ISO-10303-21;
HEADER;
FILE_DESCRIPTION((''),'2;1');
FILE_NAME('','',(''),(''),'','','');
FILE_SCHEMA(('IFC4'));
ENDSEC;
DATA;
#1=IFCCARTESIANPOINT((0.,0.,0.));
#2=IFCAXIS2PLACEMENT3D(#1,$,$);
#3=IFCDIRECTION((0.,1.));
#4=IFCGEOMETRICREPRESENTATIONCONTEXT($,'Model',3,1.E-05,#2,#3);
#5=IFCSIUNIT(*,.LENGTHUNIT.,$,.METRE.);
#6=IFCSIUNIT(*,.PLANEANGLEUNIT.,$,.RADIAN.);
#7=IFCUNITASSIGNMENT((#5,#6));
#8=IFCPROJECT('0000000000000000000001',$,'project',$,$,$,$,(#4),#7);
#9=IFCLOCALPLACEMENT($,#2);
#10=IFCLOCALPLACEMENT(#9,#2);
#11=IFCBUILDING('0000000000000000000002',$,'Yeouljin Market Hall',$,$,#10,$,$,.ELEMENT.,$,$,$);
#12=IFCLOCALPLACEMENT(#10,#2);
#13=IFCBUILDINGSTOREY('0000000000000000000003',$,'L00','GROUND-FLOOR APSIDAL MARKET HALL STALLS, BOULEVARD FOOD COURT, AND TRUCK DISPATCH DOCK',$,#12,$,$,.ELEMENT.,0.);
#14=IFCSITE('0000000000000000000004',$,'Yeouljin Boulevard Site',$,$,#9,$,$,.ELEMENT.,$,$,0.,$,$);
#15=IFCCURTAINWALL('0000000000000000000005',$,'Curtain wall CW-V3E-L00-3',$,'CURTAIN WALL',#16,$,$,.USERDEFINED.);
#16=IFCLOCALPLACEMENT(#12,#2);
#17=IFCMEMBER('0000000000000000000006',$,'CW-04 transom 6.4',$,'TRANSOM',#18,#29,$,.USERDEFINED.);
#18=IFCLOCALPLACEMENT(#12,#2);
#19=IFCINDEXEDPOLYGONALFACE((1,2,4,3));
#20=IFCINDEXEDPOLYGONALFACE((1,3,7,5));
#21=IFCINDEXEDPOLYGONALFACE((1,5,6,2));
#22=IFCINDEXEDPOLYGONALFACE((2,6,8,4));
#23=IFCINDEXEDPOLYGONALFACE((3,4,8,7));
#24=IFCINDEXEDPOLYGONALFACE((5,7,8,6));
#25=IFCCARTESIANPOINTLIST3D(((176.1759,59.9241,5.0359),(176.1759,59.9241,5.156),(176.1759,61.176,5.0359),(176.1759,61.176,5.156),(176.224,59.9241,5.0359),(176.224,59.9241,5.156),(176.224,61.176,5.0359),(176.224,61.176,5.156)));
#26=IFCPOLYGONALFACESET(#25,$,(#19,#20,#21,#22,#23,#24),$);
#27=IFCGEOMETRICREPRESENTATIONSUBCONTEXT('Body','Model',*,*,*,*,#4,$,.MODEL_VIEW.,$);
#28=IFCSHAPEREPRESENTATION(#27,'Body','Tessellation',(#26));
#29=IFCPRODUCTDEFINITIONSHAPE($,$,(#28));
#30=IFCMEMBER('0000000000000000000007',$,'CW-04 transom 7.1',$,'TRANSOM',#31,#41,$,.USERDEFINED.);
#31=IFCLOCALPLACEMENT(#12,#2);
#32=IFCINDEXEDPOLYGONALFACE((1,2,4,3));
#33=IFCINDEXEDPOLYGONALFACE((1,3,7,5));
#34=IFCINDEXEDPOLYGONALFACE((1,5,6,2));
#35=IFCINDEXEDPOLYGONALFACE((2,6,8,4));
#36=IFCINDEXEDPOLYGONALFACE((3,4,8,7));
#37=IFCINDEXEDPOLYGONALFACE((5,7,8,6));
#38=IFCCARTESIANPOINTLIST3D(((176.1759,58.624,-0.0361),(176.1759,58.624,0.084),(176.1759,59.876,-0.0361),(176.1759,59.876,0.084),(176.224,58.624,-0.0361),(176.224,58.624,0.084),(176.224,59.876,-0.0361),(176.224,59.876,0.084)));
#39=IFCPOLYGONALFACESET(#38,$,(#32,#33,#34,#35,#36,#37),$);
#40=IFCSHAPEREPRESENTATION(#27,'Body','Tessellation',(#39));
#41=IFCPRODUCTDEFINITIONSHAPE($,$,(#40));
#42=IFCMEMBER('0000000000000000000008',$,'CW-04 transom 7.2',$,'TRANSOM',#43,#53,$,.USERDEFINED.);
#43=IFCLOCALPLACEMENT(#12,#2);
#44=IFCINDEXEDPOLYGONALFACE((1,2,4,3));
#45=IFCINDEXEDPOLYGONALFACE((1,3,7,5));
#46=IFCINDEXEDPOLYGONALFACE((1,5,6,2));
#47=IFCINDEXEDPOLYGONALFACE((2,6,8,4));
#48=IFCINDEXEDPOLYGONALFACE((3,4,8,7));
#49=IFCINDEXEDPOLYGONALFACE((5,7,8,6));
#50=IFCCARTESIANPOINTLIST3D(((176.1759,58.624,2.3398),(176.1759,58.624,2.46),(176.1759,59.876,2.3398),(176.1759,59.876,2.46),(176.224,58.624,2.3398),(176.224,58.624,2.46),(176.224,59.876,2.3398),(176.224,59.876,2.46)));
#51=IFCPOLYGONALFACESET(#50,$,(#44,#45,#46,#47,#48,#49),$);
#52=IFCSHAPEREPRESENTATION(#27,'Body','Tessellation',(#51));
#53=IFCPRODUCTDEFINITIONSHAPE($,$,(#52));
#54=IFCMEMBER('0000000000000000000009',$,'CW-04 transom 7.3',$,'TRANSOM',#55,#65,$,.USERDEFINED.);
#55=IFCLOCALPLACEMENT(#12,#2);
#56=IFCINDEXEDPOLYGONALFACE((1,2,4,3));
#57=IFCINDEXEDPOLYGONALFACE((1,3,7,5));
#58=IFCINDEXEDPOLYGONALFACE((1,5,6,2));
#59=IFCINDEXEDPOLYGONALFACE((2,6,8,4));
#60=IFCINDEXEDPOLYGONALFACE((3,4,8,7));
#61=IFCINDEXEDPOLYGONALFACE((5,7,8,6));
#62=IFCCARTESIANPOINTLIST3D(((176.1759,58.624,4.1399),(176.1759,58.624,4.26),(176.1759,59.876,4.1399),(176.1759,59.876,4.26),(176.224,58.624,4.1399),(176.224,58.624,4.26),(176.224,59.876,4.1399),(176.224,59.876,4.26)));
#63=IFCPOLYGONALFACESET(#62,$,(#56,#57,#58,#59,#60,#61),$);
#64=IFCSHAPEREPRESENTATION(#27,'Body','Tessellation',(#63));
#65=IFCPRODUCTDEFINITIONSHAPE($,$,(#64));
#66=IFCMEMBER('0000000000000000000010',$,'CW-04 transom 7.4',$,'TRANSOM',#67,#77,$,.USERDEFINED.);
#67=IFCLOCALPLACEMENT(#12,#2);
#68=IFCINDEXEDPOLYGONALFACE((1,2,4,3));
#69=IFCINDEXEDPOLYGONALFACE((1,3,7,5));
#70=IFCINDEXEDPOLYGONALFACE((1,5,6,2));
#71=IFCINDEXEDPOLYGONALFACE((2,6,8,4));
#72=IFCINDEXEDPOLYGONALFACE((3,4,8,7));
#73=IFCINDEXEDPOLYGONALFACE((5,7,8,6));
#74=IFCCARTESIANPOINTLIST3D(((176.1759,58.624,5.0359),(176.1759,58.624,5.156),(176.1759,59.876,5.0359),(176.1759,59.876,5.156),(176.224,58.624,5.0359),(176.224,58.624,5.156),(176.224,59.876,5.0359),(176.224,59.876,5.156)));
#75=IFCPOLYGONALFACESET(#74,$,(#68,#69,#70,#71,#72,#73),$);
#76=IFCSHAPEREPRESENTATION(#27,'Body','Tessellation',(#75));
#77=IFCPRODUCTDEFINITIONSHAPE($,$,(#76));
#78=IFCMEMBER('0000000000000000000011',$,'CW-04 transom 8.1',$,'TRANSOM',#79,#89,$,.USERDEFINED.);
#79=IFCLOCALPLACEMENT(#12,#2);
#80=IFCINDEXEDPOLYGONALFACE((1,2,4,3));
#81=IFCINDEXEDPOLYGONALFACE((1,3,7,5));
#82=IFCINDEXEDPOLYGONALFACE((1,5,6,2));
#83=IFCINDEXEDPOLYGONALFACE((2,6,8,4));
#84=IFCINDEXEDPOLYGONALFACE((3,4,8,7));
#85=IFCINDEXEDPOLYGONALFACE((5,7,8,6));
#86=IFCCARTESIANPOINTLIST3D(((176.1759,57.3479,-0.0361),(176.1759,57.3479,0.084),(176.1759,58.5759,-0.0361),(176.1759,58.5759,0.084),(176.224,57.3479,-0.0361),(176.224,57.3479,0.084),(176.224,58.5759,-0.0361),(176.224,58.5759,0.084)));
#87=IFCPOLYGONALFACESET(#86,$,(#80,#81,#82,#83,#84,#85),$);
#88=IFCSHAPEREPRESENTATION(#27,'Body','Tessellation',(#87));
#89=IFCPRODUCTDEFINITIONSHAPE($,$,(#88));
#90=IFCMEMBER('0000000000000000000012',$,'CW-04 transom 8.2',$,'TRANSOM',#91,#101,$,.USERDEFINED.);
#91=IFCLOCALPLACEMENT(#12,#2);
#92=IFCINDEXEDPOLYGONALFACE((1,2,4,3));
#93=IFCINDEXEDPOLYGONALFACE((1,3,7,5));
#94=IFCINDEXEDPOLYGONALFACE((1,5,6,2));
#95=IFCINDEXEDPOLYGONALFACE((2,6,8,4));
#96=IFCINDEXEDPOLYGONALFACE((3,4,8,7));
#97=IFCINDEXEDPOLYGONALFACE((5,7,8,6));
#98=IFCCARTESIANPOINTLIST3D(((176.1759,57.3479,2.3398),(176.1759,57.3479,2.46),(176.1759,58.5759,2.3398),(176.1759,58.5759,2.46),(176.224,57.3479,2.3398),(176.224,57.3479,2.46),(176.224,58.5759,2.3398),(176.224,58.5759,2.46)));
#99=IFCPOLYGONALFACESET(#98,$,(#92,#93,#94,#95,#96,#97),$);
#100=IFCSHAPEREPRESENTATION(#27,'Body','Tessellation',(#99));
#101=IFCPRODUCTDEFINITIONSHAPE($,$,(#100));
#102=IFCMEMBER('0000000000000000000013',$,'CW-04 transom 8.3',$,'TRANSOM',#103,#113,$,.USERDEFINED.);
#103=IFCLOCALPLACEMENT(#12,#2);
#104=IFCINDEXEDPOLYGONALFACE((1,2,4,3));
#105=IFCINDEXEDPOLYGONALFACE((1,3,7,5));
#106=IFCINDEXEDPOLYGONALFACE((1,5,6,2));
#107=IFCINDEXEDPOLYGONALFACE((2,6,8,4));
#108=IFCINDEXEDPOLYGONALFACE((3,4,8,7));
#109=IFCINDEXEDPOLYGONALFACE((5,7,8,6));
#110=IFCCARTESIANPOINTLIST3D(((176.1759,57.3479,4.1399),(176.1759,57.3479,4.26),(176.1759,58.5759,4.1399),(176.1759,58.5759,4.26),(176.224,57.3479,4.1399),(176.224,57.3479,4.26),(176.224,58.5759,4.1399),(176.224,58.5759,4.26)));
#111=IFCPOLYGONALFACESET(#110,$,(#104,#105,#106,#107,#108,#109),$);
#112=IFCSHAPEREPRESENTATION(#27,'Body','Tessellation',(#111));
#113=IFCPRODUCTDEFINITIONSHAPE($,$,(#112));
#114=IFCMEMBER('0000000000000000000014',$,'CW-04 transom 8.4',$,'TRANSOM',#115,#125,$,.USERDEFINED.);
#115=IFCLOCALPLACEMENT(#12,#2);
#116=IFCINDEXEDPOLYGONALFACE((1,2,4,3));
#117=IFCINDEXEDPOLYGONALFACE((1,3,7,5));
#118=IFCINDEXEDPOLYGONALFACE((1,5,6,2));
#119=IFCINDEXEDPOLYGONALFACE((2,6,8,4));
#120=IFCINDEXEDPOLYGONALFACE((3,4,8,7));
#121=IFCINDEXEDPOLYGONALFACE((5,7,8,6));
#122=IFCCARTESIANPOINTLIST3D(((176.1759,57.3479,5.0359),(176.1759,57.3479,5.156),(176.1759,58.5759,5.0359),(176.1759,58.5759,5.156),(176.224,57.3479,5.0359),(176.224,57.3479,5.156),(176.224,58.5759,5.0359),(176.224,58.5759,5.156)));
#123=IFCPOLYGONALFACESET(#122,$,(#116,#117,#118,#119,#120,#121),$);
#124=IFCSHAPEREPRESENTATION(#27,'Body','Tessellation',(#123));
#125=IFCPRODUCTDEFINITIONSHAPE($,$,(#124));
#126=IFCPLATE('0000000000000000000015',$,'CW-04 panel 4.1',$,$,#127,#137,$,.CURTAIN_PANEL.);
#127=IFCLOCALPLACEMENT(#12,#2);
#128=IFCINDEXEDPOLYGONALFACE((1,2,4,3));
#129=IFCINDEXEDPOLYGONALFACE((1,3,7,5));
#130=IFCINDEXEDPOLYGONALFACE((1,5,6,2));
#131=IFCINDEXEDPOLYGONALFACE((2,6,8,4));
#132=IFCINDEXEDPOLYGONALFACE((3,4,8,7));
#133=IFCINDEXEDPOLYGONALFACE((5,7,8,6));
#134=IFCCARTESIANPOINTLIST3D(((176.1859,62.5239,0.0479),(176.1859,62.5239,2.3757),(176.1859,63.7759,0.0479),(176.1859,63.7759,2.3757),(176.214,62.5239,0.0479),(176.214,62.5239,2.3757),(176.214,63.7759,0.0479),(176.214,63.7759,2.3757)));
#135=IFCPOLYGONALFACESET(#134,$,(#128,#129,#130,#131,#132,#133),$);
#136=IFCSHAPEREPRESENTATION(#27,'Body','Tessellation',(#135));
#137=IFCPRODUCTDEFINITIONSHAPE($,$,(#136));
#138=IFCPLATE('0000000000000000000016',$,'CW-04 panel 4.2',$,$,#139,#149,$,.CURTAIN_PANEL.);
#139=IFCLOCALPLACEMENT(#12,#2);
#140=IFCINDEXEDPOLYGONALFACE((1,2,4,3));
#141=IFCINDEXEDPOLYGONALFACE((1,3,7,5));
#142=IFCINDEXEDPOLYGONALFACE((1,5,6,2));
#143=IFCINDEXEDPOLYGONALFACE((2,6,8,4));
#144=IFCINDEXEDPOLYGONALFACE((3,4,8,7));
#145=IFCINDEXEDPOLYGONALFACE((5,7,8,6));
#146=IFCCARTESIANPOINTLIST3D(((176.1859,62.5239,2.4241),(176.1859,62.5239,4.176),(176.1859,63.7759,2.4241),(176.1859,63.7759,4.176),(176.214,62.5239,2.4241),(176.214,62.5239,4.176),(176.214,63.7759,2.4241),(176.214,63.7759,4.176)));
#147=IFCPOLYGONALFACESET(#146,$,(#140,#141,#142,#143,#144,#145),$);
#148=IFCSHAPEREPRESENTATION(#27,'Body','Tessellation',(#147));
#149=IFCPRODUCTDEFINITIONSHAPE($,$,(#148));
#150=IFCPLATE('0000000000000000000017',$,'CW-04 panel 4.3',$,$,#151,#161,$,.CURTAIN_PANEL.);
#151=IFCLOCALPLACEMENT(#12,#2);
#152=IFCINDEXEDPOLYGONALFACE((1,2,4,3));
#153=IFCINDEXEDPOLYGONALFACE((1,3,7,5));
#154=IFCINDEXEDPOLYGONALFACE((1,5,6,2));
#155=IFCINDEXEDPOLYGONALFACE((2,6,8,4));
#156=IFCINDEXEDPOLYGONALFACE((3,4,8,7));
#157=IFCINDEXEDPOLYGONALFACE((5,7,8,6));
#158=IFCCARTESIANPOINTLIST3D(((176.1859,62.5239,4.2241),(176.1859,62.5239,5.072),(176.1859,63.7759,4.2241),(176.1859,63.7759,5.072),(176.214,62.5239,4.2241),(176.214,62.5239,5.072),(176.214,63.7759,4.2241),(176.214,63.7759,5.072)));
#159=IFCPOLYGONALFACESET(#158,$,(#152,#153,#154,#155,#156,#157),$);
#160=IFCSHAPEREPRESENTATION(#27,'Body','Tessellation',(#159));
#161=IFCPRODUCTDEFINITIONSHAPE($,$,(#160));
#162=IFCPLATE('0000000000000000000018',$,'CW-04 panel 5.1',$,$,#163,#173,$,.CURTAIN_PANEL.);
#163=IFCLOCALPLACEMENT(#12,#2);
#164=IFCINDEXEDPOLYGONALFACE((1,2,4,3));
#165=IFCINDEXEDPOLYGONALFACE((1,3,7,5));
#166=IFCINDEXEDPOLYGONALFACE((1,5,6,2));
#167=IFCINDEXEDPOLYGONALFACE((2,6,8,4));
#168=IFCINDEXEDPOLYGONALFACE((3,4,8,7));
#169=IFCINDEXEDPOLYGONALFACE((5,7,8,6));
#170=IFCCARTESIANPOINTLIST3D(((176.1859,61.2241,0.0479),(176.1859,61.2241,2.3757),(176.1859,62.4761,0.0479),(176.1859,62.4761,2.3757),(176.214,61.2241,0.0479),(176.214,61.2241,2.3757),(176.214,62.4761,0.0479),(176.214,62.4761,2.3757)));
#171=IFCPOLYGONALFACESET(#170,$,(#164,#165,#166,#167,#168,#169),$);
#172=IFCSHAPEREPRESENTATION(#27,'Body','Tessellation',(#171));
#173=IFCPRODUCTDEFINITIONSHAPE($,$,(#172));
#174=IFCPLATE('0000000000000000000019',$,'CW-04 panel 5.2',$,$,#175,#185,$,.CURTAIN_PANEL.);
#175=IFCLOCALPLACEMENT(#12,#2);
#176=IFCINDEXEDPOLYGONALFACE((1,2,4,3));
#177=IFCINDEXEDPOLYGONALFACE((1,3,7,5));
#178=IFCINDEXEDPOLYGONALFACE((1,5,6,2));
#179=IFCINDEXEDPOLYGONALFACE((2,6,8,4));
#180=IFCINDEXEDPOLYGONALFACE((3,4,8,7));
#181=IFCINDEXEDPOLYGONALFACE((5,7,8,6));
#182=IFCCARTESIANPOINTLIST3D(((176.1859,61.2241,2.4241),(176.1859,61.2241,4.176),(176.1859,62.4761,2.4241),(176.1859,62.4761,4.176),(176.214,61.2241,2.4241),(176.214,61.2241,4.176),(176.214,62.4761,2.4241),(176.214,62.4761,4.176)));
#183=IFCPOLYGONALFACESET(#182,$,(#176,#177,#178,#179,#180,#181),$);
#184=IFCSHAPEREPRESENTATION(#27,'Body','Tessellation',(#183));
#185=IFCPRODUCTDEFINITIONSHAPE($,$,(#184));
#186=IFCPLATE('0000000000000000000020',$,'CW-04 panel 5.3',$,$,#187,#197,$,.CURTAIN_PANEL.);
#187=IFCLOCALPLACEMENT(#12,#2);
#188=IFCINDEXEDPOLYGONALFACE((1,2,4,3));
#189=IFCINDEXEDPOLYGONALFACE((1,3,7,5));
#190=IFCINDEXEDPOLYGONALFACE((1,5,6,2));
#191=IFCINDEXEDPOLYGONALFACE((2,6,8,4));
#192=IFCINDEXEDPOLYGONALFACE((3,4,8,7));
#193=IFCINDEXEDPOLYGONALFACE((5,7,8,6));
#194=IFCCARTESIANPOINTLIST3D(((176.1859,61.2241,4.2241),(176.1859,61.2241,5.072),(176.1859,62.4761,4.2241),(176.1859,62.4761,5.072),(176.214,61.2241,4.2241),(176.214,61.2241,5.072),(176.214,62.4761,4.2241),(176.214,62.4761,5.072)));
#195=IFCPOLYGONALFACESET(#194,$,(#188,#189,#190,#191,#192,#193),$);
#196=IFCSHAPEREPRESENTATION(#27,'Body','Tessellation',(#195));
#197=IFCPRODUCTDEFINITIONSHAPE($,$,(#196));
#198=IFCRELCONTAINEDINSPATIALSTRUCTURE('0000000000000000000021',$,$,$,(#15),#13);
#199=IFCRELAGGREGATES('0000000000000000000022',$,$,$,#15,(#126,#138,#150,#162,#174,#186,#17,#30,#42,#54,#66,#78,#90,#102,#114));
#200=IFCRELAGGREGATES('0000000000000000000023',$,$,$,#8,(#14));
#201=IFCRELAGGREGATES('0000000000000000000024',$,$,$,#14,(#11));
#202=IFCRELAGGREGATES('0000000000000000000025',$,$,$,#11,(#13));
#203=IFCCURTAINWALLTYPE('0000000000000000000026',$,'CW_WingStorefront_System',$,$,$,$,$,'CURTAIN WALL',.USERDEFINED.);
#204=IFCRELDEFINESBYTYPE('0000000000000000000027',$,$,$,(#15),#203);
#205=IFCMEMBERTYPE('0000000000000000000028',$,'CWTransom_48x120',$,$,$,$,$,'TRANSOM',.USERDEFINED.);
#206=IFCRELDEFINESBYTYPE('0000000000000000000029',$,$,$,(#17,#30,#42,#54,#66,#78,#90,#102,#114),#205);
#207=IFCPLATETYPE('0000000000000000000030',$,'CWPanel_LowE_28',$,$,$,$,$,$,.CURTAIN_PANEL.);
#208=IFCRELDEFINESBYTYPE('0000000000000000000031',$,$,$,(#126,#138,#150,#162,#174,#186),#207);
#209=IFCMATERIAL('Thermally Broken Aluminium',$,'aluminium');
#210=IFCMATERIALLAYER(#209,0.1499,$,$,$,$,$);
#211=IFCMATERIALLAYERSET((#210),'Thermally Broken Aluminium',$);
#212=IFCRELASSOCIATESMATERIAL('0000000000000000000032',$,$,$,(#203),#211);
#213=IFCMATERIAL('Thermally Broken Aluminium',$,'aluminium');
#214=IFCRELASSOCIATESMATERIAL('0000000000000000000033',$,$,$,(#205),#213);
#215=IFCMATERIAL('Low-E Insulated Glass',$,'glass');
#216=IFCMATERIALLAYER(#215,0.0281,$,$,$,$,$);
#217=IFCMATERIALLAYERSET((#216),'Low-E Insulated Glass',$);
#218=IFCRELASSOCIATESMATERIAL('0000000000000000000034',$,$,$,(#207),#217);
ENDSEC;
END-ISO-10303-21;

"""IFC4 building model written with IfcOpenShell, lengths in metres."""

from ifc_helpers import new_model, si_unit, direction, frame, origin, origin_2d, place, context, subcontext, project, spatial, rectangle, extrude, material, layer, layer_set, material_profile, profile_set, type_object, element, aggregate, save


model = new_model("IFC4")

# Units and contexts
model_context = context("Model", 3, precision=1e-05, world=origin(), true_north=direction((0.0, 1.0)))
body_context = subcontext(model_context, "Body", "Model", "MODEL_VIEW")
ifc_project = project(units=[si_unit("LENGTHUNIT", "METRE"), si_unit("PLANEANGLEUNIT", "RADIAN")], contexts=[model_context])

# Site, building, storey
site_placement = place(None, origin())
site = spatial("IfcSite", under=ifc_project, at=site_placement, Name="Yeouljin Boulevard Site", CompositionType="ELEMENT", RefElevation=0.0)
building_placement = place(site_placement, origin())
building = spatial("IfcBuilding", under=site, at=building_placement, Name="Yeouljin Market Hall", CompositionType="ELEMENT")
storey_placement = place(building_placement, origin())
storey = spatial("IfcBuildingStorey", under=building, at=storey_placement, Name="L00", Description="GROUND-FLOOR APSIDAL MARKET HALL STALLS, BOULEVARD FOOD COURT, AND TRUCK DISPATCH DOCK", CompositionType="ELEMENT", Elevation=0.0)

# Curtain wall, members, plates
ifc_material_1 = material(Name="Thermally Broken Aluminium", Category="aluminium")
ifc_layer_1 = layer(ifc_material_1, 0.1499)
ifc_layer_set_1 = layer_set([ifc_layer_1], Name="Thermally Broken Aluminium")
curtain_wall_type = type_object("IfcCurtainWallType", Name="CW_WingStorefront_System", ElementType="CURTAIN WALL", PredefinedType="USERDEFINED", material=ifc_layer_set_1)
curtain_wall_placement = place(storey_placement, origin())
curtain_wall = element("IfcCurtainWall", 1, at=curtain_wall_placement, inside=storey, type_object=curtain_wall_type, Name="Curtain wall CW-V3E-L00-3", ObjectType="CURTAIN WALL", PredefinedType="USERDEFINED")
ifc_material_2 = material(Name="Thermally Broken Aluminium", Category="aluminium")
ifc_material_profile_1 = material_profile(ifc_material_2, rectangle(XDim=0.0481, YDim=0.1201, at=origin_2d()), Name="CW-TRAN-48x120")
ifc_profile_set_1 = profile_set([ifc_material_profile_1], Name="Thermally Broken Aluminium")
member_type_1 = type_object("IfcMemberType", Name="CWTransom_48x120", ElementType="TRANSOM", PredefinedType="USERDEFINED", material=ifc_profile_set_1)
member_1_placement = place(storey_placement, frame((176.2, 61.176, 5.0959), z_axis=(0.0, -1.0, 0.0), x_axis=(1.0, 0.0, 0.0)))
member_1 = element("IfcMember", 2, at=member_1_placement, type_object=member_type_1, Name="CW-04 transom 6.4", ObjectType="TRANSOM", PredefinedType="USERDEFINED", context=body_context, shape_type="SweptSolid", body=[
    extrude(rectangle(XDim=0.0481, YDim=0.1201, at=origin_2d()), origin(), (0.0, 0.0, 1.0), 1.252),
])
member_2_placement = place(storey_placement, frame((176.2, 59.876, 0.0239), z_axis=(0.0, -1.0, 0.0), x_axis=(1.0, 0.0, 0.0)))
member_2 = element("IfcMember", 3, at=member_2_placement, type_object=member_type_1, Name="CW-04 transom 7.1", ObjectType="TRANSOM", PredefinedType="USERDEFINED", context=body_context, shape_type="SweptSolid", body=[
    extrude(rectangle(XDim=0.0481, YDim=0.1201, at=origin_2d()), origin(), (0.0, 0.0, 1.0), 1.252),
])
member_3_placement = place(storey_placement, frame((176.2, 59.876, 2.3999), z_axis=(0.0, -1.0, 0.0), x_axis=(1.0, 0.0, 0.0)))
member_3 = element("IfcMember", 4, at=member_3_placement, type_object=member_type_1, Name="CW-04 transom 7.2", ObjectType="TRANSOM", PredefinedType="USERDEFINED", context=body_context, shape_type="SweptSolid", body=[
    extrude(rectangle(XDim=0.0481, YDim=0.1201, at=origin_2d()), origin(), (0.0, 0.0, 1.0), 1.252),
])
member_4_placement = place(storey_placement, frame((176.2, 59.876, 4.2), z_axis=(0.0, -1.0, 0.0), x_axis=(1.0, 0.0, 0.0)))
member_4 = element("IfcMember", 5, at=member_4_placement, type_object=member_type_1, Name="CW-04 transom 7.3", ObjectType="TRANSOM", PredefinedType="USERDEFINED", context=body_context, shape_type="SweptSolid", body=[
    extrude(rectangle(XDim=0.0481, YDim=0.1201, at=origin_2d()), origin(), (0.0, 0.0, 1.0), 1.252),
])
member_5_placement = place(storey_placement, frame((176.2, 59.876, 5.0959), z_axis=(0.0, -1.0, 0.0), x_axis=(1.0, 0.0, 0.0)))
member_5 = element("IfcMember", 6, at=member_5_placement, type_object=member_type_1, Name="CW-04 transom 7.4", ObjectType="TRANSOM", PredefinedType="USERDEFINED", context=body_context, shape_type="SweptSolid", body=[
    extrude(rectangle(XDim=0.0481, YDim=0.1201, at=origin_2d()), origin(), (0.0, 0.0, 1.0), 1.252),
])
member_6_placement = place(storey_placement, frame((176.2, 58.5759, 0.0239), z_axis=(0.0, -1.0, 0.0), x_axis=(1.0, 0.0, 0.0)))
member_6 = element("IfcMember", 7, at=member_6_placement, type_object=member_type_1, Name="CW-04 transom 8.1", ObjectType="TRANSOM", PredefinedType="USERDEFINED", context=body_context, shape_type="SweptSolid", body=[
    extrude(rectangle(XDim=0.0481, YDim=0.1201, at=origin_2d()), origin(), (0.0, 0.0, 1.0), 1.228),
])
member_7_placement = place(storey_placement, frame((176.2, 58.5759, 2.3999), z_axis=(0.0, -1.0, 0.0), x_axis=(1.0, 0.0, 0.0)))
member_7 = element("IfcMember", 8, at=member_7_placement, type_object=member_type_1, Name="CW-04 transom 8.2", ObjectType="TRANSOM", PredefinedType="USERDEFINED", context=body_context, shape_type="SweptSolid", body=[
    extrude(rectangle(XDim=0.0481, YDim=0.1201, at=origin_2d()), origin(), (0.0, 0.0, 1.0), 1.228),
])
member_8_placement = place(storey_placement, frame((176.2, 58.5759, 4.2), z_axis=(0.0, -1.0, 0.0), x_axis=(1.0, 0.0, 0.0)))
member_8 = element("IfcMember", 9, at=member_8_placement, type_object=member_type_1, Name="CW-04 transom 8.3", ObjectType="TRANSOM", PredefinedType="USERDEFINED", context=body_context, shape_type="SweptSolid", body=[
    extrude(rectangle(XDim=0.0481, YDim=0.1201, at=origin_2d()), origin(), (0.0, 0.0, 1.0), 1.228),
])
member_9_placement = place(storey_placement, frame((176.2, 58.5759, 5.0959), z_axis=(0.0, -1.0, 0.0), x_axis=(1.0, 0.0, 0.0)))
member_9 = element("IfcMember", 10, at=member_9_placement, type_object=member_type_1, Name="CW-04 transom 8.4", ObjectType="TRANSOM", PredefinedType="USERDEFINED", context=body_context, shape_type="SweptSolid", body=[
    extrude(rectangle(XDim=0.0481, YDim=0.1201, at=origin_2d()), origin(), (0.0, 0.0, 1.0), 1.228),
])
ifc_material_3 = material(Name="Low-E Insulated Glass", Category="glass")
ifc_layer_2 = layer(ifc_material_3, 0.0281)
ifc_layer_set_2 = layer_set([ifc_layer_2], Name="Low-E Insulated Glass")
plate_type = type_object("IfcPlateType", Name="CWPanel_LowE_28", PredefinedType="CURTAIN_PANEL", material=ifc_layer_set_2)
plate_1_placement = place(storey_placement, frame((176.2, 63.1499, 0.0479), z_axis=(0.0, 0.0, 1.0), x_axis=(0.0, -1.0, 0.0)))
plate_1 = element("IfcPlate", 11, at=plate_1_placement, type_object=plate_type, Name="CW-04 panel 4.1", PredefinedType="CURTAIN_PANEL", context=body_context, shape_type="SweptSolid", body=[
    extrude(rectangle(XDim=1.252, YDim=0.0281, at=origin_2d()), origin(), (0.0, 0.0, 1.0), 2.3279),
])
plate_2_placement = place(storey_placement, frame((176.2, 63.1499, 2.4241), z_axis=(0.0, 0.0, 1.0), x_axis=(0.0, -1.0, 0.0)))
plate_2 = element("IfcPlate", 12, at=plate_2_placement, type_object=plate_type, Name="CW-04 panel 4.2", PredefinedType="CURTAIN_PANEL", context=body_context, shape_type="SweptSolid", body=[
    extrude(rectangle(XDim=1.252, YDim=0.0281, at=origin_2d()), origin(), (0.0, 0.0, 1.0), 1.752),
])
plate_3_placement = place(storey_placement, frame((176.2, 63.1499, 4.2241), z_axis=(0.0, 0.0, 1.0), x_axis=(0.0, -1.0, 0.0)))
plate_3 = element("IfcPlate", 13, at=plate_3_placement, type_object=plate_type, Name="CW-04 panel 4.3", PredefinedType="CURTAIN_PANEL", context=body_context, shape_type="SweptSolid", body=[
    extrude(rectangle(XDim=1.252, YDim=0.0281, at=origin_2d()), origin(), (0.0, 0.0, 1.0), 0.8479),
])
plate_4_placement = place(storey_placement, frame((176.2, 61.8501, 0.0479), z_axis=(0.0, 0.0, 1.0), x_axis=(0.0, -1.0, 0.0)))
plate_4 = element("IfcPlate", 14, at=plate_4_placement, type_object=plate_type, Name="CW-04 panel 5.1", PredefinedType="CURTAIN_PANEL", context=body_context, shape_type="SweptSolid", body=[
    extrude(rectangle(XDim=1.252, YDim=0.0281, at=origin_2d()), origin(), (0.0, 0.0, 1.0), 2.3279),
])
plate_5_placement = place(storey_placement, frame((176.2, 61.8501, 2.4241), z_axis=(0.0, 0.0, 1.0), x_axis=(0.0, -1.0, 0.0)))
plate_5 = element("IfcPlate", 15, at=plate_5_placement, type_object=plate_type, Name="CW-04 panel 5.2", PredefinedType="CURTAIN_PANEL", context=body_context, shape_type="SweptSolid", body=[
    extrude(rectangle(XDim=1.252, YDim=0.0281, at=origin_2d()), origin(), (0.0, 0.0, 1.0), 1.752),
])
plate_6_placement = place(storey_placement, frame((176.2, 61.8501, 4.2241), z_axis=(0.0, 0.0, 1.0), x_axis=(0.0, -1.0, 0.0)))
plate_6 = element("IfcPlate", 16, at=plate_6_placement, type_object=plate_type, Name="CW-04 panel 5.3", PredefinedType="CURTAIN_PANEL", context=body_context, shape_type="SweptSolid", body=[
    extrude(rectangle(XDim=1.252, YDim=0.0281, at=origin_2d()), origin(), (0.0, 0.0, 1.0), 0.8479),
])
aggregate(curtain_wall, [plate_1, plate_2, plate_3, plate_4, plate_5, plate_6, member_1, member_2, member_3, member_4, member_5, member_6, member_7, member_8, member_9])

save(model, "model.ifc")
